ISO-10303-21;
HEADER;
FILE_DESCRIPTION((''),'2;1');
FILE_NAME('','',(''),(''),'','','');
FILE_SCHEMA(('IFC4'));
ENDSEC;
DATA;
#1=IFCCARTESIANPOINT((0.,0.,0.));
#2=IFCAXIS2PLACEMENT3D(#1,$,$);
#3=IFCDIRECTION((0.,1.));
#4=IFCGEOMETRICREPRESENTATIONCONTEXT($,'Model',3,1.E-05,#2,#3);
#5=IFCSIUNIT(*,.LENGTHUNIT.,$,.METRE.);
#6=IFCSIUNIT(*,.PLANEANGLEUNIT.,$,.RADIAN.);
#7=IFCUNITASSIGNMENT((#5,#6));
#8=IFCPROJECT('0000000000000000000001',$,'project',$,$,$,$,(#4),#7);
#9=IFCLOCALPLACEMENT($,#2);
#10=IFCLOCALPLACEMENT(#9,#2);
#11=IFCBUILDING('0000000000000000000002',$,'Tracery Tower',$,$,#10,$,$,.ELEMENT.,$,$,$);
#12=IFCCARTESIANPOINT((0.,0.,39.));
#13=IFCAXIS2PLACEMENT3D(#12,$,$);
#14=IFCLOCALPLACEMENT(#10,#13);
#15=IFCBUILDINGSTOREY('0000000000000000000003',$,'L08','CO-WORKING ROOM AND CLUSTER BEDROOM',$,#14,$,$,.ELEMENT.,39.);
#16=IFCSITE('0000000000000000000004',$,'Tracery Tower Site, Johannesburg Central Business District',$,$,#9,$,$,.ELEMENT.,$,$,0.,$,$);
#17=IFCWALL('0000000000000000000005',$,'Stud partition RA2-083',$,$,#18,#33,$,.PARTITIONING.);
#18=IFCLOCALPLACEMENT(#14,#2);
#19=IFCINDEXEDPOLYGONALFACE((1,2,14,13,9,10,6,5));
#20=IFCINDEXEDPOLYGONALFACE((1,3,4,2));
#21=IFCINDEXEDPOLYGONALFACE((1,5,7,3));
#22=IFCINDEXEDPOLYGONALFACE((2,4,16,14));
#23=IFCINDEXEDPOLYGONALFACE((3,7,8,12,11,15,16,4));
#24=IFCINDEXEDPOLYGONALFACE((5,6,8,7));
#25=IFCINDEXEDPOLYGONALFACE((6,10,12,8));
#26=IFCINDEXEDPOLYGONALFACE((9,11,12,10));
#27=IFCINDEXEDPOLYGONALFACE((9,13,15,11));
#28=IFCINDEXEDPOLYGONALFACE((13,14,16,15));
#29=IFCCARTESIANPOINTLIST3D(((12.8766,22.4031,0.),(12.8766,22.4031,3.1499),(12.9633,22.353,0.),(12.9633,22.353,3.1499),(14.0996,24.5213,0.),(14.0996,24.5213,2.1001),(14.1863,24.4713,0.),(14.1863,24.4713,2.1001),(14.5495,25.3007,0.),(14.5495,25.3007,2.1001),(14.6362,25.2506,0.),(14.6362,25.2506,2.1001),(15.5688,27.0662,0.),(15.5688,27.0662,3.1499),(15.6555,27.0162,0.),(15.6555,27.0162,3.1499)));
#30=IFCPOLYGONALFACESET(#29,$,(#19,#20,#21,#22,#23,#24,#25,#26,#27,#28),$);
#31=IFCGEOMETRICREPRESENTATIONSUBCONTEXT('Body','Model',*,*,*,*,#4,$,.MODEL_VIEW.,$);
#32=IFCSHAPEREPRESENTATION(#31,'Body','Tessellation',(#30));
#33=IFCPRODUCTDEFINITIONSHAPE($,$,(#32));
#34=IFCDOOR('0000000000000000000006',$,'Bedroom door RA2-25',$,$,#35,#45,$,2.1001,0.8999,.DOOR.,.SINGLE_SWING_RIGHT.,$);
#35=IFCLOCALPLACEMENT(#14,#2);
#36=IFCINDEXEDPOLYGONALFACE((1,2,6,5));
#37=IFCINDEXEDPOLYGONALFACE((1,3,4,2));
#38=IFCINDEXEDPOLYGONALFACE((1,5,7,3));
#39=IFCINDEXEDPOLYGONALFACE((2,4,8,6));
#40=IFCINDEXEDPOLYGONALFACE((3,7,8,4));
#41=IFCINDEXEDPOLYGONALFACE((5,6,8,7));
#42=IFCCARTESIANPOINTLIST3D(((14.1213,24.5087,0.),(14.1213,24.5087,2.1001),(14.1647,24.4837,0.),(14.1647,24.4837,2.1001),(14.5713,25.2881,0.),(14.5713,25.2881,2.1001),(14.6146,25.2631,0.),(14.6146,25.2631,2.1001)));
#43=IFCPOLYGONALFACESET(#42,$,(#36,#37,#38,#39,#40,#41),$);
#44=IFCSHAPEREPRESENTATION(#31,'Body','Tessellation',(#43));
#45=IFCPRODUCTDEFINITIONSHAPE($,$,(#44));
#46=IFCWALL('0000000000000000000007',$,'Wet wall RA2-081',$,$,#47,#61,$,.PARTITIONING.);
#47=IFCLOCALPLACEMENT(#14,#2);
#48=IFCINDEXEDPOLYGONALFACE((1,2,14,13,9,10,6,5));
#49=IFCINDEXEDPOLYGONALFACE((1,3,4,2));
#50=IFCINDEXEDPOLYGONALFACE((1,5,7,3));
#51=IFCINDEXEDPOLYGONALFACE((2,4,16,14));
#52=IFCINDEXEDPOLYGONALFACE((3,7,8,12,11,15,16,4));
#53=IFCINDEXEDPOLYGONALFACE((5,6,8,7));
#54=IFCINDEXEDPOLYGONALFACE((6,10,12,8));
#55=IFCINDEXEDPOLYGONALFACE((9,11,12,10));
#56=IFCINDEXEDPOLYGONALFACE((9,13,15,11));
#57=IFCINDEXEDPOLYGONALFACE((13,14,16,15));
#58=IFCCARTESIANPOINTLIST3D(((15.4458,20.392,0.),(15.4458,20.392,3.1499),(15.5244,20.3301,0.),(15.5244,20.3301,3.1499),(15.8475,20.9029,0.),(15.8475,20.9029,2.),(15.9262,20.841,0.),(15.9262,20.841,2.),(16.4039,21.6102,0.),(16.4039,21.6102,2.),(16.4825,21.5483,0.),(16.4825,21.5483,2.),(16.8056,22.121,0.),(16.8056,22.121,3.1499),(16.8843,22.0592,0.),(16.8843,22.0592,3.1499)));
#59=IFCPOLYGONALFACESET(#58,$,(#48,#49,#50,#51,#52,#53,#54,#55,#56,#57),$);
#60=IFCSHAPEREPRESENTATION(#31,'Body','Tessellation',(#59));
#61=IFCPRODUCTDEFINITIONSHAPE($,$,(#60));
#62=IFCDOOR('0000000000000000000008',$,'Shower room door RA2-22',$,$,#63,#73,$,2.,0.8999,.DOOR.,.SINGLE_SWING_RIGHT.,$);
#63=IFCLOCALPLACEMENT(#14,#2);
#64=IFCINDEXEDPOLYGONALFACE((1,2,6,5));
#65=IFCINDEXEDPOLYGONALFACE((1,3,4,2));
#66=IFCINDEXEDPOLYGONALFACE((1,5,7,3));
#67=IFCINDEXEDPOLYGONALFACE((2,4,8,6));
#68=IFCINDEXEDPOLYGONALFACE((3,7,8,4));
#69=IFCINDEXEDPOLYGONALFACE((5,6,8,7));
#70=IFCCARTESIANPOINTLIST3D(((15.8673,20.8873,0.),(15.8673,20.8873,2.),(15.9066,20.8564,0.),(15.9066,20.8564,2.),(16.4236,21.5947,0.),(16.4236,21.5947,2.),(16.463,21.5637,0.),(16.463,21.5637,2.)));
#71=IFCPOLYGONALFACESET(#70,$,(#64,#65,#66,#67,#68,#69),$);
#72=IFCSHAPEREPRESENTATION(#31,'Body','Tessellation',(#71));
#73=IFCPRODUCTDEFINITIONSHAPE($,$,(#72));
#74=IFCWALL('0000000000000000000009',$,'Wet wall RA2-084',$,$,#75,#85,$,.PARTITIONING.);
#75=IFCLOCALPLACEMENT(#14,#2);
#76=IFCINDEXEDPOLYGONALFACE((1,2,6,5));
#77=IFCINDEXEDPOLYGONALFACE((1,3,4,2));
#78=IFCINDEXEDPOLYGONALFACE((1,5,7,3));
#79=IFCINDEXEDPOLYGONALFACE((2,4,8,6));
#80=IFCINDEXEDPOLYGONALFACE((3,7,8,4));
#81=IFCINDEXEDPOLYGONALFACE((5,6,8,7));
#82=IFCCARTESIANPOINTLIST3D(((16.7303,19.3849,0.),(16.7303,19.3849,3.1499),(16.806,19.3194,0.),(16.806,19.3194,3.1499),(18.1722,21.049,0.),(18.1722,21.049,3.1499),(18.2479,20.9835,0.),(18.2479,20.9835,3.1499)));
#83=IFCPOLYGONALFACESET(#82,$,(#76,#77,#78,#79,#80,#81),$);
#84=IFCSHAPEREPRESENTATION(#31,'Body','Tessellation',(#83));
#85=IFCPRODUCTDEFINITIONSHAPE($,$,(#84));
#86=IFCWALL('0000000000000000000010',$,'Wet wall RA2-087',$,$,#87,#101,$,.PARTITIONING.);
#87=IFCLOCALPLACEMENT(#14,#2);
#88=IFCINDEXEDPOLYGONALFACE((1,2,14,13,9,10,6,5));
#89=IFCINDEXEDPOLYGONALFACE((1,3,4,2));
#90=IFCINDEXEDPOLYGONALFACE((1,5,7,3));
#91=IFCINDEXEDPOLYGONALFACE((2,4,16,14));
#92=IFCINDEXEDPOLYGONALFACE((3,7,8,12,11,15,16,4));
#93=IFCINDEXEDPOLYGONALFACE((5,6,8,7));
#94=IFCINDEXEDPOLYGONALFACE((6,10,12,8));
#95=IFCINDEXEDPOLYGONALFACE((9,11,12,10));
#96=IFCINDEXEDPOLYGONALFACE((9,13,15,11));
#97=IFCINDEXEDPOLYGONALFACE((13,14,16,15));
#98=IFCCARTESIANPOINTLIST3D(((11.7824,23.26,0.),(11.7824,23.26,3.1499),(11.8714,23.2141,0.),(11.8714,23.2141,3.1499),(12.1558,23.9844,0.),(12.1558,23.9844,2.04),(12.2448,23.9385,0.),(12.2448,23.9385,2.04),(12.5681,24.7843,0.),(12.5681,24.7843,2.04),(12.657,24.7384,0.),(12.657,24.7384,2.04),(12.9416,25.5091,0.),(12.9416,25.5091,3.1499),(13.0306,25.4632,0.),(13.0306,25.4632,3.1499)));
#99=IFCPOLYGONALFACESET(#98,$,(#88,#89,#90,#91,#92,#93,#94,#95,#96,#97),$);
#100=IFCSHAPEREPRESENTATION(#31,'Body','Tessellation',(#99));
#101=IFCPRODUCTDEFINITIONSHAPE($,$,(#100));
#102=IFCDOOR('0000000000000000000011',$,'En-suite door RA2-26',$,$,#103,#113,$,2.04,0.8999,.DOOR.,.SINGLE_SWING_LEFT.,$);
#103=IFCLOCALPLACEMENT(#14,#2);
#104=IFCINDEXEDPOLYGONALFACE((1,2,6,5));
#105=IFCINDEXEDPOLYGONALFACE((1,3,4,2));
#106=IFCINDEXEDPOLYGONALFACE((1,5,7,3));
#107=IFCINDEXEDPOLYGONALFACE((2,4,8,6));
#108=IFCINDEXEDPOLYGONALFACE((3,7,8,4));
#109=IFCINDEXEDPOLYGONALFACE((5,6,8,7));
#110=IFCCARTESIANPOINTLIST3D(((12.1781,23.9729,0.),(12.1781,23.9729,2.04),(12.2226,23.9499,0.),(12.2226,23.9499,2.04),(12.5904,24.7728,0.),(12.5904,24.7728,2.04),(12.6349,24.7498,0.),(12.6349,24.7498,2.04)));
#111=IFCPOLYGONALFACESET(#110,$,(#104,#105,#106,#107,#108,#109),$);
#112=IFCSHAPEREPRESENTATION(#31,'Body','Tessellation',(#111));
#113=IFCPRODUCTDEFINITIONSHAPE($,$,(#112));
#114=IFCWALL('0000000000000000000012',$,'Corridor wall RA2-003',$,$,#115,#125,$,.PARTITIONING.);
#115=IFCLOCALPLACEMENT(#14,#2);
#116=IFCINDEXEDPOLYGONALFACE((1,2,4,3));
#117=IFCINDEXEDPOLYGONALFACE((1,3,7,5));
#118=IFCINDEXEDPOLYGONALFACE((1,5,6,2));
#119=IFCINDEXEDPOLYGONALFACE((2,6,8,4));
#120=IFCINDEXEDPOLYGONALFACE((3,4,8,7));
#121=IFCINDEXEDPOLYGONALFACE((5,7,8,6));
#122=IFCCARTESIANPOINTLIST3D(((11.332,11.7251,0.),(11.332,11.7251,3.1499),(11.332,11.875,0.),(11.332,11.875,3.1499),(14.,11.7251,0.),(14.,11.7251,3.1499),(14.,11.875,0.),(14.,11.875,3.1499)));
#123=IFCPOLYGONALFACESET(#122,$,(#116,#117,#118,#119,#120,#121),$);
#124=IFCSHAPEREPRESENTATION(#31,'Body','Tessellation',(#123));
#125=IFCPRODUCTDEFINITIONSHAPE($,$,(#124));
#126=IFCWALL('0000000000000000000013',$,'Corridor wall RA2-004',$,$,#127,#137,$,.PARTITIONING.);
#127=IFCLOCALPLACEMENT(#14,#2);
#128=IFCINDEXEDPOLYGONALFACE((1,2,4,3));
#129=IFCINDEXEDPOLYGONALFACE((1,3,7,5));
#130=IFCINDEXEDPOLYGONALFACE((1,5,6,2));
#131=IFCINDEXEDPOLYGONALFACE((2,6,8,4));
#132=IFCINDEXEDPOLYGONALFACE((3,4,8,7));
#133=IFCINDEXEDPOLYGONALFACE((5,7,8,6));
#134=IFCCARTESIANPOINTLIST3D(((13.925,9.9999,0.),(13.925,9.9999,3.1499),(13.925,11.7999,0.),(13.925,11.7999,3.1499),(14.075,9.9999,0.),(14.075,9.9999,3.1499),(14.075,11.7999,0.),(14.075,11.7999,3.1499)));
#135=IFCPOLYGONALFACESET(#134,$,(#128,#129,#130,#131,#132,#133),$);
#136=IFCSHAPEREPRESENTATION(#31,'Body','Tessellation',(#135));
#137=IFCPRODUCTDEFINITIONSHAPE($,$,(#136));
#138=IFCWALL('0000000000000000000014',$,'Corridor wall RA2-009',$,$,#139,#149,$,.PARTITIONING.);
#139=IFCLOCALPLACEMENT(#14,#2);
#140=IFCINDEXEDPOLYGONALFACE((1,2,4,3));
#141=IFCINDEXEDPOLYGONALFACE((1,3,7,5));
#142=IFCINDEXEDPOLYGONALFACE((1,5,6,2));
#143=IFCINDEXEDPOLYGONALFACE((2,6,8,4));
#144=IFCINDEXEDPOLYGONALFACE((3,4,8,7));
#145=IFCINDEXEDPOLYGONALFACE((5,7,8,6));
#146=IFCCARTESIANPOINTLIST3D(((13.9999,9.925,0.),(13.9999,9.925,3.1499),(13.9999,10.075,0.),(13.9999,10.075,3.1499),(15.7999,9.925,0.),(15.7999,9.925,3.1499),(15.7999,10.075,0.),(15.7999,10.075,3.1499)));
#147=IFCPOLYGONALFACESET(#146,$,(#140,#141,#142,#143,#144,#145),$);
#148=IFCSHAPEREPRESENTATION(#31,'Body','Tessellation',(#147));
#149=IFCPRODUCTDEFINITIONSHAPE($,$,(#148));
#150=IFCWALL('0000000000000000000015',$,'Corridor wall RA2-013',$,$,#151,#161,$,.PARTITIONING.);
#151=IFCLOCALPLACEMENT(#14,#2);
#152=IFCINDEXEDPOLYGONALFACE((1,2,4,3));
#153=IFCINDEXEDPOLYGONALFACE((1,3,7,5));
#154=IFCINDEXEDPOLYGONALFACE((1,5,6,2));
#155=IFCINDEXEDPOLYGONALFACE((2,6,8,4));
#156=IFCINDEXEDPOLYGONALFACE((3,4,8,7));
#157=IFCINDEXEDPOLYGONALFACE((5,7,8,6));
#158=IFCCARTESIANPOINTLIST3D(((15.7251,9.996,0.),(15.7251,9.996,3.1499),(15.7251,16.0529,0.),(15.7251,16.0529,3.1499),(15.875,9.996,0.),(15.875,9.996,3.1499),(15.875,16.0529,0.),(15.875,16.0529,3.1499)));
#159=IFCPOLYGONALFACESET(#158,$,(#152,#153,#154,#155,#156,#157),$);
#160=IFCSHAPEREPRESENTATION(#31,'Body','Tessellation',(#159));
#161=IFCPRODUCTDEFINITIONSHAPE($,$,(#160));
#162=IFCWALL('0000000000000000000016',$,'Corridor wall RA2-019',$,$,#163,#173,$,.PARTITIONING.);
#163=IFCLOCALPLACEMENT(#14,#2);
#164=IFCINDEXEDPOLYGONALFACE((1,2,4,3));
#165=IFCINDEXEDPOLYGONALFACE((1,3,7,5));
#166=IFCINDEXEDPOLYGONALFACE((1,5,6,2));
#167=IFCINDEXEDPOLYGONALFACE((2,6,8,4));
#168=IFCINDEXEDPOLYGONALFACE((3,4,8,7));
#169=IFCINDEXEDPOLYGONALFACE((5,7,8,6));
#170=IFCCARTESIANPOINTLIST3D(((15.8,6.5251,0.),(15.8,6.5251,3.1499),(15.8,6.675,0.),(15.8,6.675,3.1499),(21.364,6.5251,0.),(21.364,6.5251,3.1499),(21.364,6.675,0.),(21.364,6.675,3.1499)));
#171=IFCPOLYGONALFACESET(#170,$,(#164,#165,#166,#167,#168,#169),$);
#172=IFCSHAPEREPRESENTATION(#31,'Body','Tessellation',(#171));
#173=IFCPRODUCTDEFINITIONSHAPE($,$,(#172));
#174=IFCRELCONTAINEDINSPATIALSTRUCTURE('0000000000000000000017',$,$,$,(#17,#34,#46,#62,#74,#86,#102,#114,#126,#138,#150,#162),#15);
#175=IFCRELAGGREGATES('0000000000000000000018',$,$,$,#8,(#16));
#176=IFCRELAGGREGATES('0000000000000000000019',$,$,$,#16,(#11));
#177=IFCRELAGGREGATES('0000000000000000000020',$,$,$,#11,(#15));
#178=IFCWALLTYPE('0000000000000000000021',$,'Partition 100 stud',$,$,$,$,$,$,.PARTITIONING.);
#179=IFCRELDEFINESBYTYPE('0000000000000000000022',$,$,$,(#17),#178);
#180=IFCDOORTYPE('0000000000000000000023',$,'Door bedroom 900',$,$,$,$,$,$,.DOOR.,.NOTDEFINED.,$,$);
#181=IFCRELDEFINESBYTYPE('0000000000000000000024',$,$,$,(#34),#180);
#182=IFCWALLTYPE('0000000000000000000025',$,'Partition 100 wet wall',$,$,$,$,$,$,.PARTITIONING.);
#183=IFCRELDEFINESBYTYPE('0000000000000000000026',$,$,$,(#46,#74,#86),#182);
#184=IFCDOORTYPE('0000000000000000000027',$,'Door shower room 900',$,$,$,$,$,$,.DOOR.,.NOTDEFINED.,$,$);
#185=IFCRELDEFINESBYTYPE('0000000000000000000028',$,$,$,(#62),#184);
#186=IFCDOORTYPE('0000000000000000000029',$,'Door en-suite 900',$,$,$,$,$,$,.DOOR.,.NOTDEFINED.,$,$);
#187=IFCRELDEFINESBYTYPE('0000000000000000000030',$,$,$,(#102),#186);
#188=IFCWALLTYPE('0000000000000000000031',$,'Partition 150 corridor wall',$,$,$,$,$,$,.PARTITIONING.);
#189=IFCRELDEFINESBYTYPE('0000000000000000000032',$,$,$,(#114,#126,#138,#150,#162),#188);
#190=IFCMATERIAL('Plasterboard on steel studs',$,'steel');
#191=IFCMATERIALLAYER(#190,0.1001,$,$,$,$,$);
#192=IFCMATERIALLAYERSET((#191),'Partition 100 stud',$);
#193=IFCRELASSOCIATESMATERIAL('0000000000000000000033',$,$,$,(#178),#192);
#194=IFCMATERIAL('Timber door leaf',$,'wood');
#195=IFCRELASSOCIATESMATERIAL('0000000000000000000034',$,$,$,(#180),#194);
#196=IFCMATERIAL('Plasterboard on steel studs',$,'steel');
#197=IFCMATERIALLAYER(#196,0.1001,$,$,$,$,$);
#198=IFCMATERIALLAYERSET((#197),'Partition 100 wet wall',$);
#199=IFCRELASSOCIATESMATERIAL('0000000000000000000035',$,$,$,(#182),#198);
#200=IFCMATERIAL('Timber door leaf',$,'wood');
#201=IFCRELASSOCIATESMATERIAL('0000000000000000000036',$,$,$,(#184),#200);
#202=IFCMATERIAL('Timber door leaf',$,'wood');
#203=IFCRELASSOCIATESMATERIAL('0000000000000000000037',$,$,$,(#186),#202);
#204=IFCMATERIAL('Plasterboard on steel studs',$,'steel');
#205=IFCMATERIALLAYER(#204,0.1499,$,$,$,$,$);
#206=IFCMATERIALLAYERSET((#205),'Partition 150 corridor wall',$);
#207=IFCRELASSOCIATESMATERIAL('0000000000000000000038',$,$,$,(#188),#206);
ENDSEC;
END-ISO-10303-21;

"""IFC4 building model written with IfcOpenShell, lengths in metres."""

from ifc_helpers import new_model, si_unit, direction, frame, frame_2d, origin, place, context, subcontext, project, spatial, rectangle, extrude, material, layer, layer_set, type_object, element, fill, save


model = new_model("IFC4")

# Units and contexts
model_context = context("Model", 3, precision=1e-05, world=origin(), true_north=direction((0.0, 1.0)))
body_context = subcontext(model_context, "Body", "Model", "MODEL_VIEW")
ifc_project = project(units=[si_unit("LENGTHUNIT", "METRE"), si_unit("PLANEANGLEUNIT", "RADIAN")], contexts=[model_context])

# Site, building, storey
site_placement = place(None, origin())
site = spatial("IfcSite", under=ifc_project, at=site_placement, Name="Tracery Tower Site, Johannesburg Central Business District", CompositionType="ELEMENT", RefElevation=0.0)
building_placement = place(site_placement, origin())
building = spatial("IfcBuilding", under=site, at=building_placement, Name="Tracery Tower", CompositionType="ELEMENT")
storey_placement = place(building_placement, frame((0.0, 0.0, 39.0)))
storey = spatial("IfcBuildingStorey", under=building, at=storey_placement, Name="L08", Description="CO-WORKING ROOM AND CLUSTER BEDROOM", CompositionType="ELEMENT", Elevation=39.0)

# Walls, openings, doors
ifc_material_1 = material(Name="Plasterboard on steel studs", Category="steel")
ifc_layer_1 = layer(ifc_material_1, 0.1001)
ifc_layer_set_1 = layer_set([ifc_layer_1], Name="Partition 100 stud")
wall_type_1 = type_object("IfcWallType", Name="Partition 100 stud", PredefinedType="PARTITIONING", material=ifc_layer_set_1)
wall_1_placement = place(storey_placement, frame((12.9199, 22.3779, 0.0), z_axis=(0.0, 0.0, 1.0), x_axis=(0.499987, 0.866033, 0.0)))
wall_1 = element("IfcWall", 1, at=wall_1_placement, inside=storey, type_object=wall_type_1, Name="Stud partition RA2-083", PredefinedType="PARTITIONING", context=body_context, shape_type="SweptSolid", body=[
    extrude(rectangle(XDim=5.3845, YDim=0.1001, at=frame_2d((2.6924, 0.0))), origin(), (0.0, 0.0, 1.0), 3.1499),
])
opening_1_placement = place(wall_1_placement, frame((2.446, 0.0, 0.0)))
opening_1 = element("IfcOpeningElement", 2, at=opening_1_placement, cuts=wall_1, PredefinedType="OPENING", context=body_context, shape_type="SweptSolid", body=[
    extrude(rectangle(XDim=0.8999, YDim=2.1001, at=frame_2d((0.45, 1.05))), frame((0.0, 0.05, 0.0), z_axis=(0.0, -1.0, 0.0), x_axis=(1.0, 0.0, 0.0)), (0.0, 0.0, 1.0), 0.1001),
])
ifc_material_2 = material(Name="Timber door leaf", Category="wood")
door_type_1 = type_object("IfcDoorType", Name="Door bedroom 900", OperationType="NOTDEFINED", PredefinedType="DOOR", material=ifc_material_2)
door_1_placement = place(opening_1_placement, origin())
door_1 = element("IfcDoor", 3, at=door_1_placement, inside=storey, type_object=door_type_1, Name="Bedroom door RA2-25", OperationType="SINGLE_SWING_RIGHT", OverallHeight=2.1001, OverallWidth=0.8999, PredefinedType="DOOR", context=body_context, shape_type="SweptSolid", body=[
    extrude(rectangle(XDim=0.8999, YDim=2.1001, at=frame_2d((0.45, 1.05))), frame((0.0, 0.0249, 0.0), z_axis=(0.0, -1.0, 0.0), x_axis=(1.0, 0.0, 0.0)), (0.0, 0.0, 1.0), 0.05),
])
fill(opening_1, door_1)
ifc_material_3 = material(Name="Plasterboard on steel studs", Category="steel")
ifc_layer_2 = layer(ifc_material_3, 0.1001)
ifc_layer_set_2 = layer_set([ifc_layer_2], Name="Partition 100 wet wall")
wall_type_2 = type_object("IfcWallType", Name="Partition 100 wet wall", PredefinedType="PARTITIONING", material=ifc_layer_set_2)
wall_2_placement = place(storey_placement, frame((15.4851, 20.3611, 0.0), z_axis=(0.0, 0.0, 1.0), x_axis=(0.618204, 0.786018, 0.0)))
wall_2 = element("IfcWall", 4, at=wall_2_placement, inside=storey, type_object=wall_type_2, Name="Wet wall RA2-081", PredefinedType="PARTITIONING", context=body_context, shape_type="SweptSolid", body=[
    extrude(rectangle(XDim=2.1997, YDim=0.1001, at=frame_2d((1.0999, 0.0))), origin(), (0.0, 0.0, 1.0), 3.1499),
])
opening_2_placement = place(wall_2_placement, frame((0.6499, 0.0, 0.0)))
opening_2 = element("IfcOpeningElement", 5, at=opening_2_placement, cuts=wall_2, PredefinedType="OPENING", context=body_context, shape_type="SweptSolid", body=[
    extrude(rectangle(XDim=0.8999, YDim=2.0, at=frame_2d((0.45, 1.0))), frame((0.0, 0.05, 0.0), z_axis=(0.0, -1.0, 0.0), x_axis=(1.0, 0.0, 0.0)), (0.0, 0.0, 1.0), 0.1001),
])
ifc_material_4 = material(Name="Timber door leaf", Category="wood")
door_type_2 = type_object("IfcDoorType", Name="Door shower room 900", OperationType="NOTDEFINED", PredefinedType="DOOR", material=ifc_material_4)
door_2_placement = place(opening_2_placement, origin())
door_2 = element("IfcDoor", 6, at=door_2_placement, inside=storey, type_object=door_type_2, Name="Shower room door RA2-22", OperationType="SINGLE_SWING_RIGHT", OverallHeight=2.0, OverallWidth=0.8999, PredefinedType="DOOR", context=body_context, shape_type="SweptSolid", body=[
    extrude(rectangle(XDim=0.8999, YDim=2.0, at=frame_2d((0.45, 1.0))), frame((0.0, 0.0249, 0.0), z_axis=(0.0, -1.0, 0.0), x_axis=(1.0, 0.0, 0.0)), (0.0, 0.0, 1.0), 0.05),
])
fill(opening_2, door_2)

# Wall
wall_3_placement = place(storey_placement, frame((16.7681, 19.3521, 0.0), z_axis=(0.0, 0.0, 1.0), x_axis=(0.654855, 0.755755, 0.0)))
element("IfcWall", 7, at=wall_3_placement, inside=storey, type_object=wall_type_2, Name="Wet wall RA2-084", PredefinedType="PARTITIONING", context=body_context, shape_type="SweptSolid", body=[
    extrude(rectangle(XDim=2.2019, YDim=0.1001, at=frame_2d((1.1011, 0.0))), origin(), (0.0, 0.0, 1.0), 3.1499),
])

# Wall, opening, door
wall_4_placement = place(storey_placement, frame((11.8269, 23.2371, 0.0), z_axis=(0.0, 0.0, 1.0), x_axis=(0.458141, 0.888879, 0.0)))
wall_4 = element("IfcWall", 8, at=wall_4_placement, inside=storey, type_object=wall_type_2, Name="Wet wall RA2-087", PredefinedType="PARTITIONING", context=body_context, shape_type="SweptSolid", body=[
    extrude(rectangle(XDim=2.5303, YDim=0.1001, at=frame_2d((1.2651, 0.0))), origin(), (0.0, 0.0, 1.0), 3.1499),
])
opening_3_placement = place(wall_4_placement, frame((0.8149, 0.0, 0.0)))
opening_3 = element("IfcOpeningElement", 9, at=opening_3_placement, cuts=wall_4, PredefinedType="OPENING", context=body_context, shape_type="SweptSolid", body=[
    extrude(rectangle(XDim=0.8999, YDim=2.04, at=frame_2d((0.45, 1.02))), frame((0.0, 0.05, 0.0), z_axis=(0.0, -1.0, 0.0), x_axis=(1.0, 0.0, 0.0)), (0.0, 0.0, 1.0), 0.1001),
])
ifc_material_5 = material(Name="Timber door leaf", Category="wood")
door_type_3 = type_object("IfcDoorType", Name="Door en-suite 900", OperationType="NOTDEFINED", PredefinedType="DOOR", material=ifc_material_5)
door_3_placement = place(opening_3_placement, origin())
door_3 = element("IfcDoor", 10, at=door_3_placement, inside=storey, type_object=door_type_3, Name="En-suite door RA2-26", OperationType="SINGLE_SWING_LEFT", OverallHeight=2.04, OverallWidth=0.8999, PredefinedType="DOOR", context=body_context, shape_type="SweptSolid", body=[
    extrude(rectangle(XDim=0.8999, YDim=2.04, at=frame_2d((0.45, 1.02))), frame((0.0, 0.0249, 0.0), z_axis=(0.0, -1.0, 0.0), x_axis=(1.0, 0.0, 0.0)), (0.0, 0.0, 1.0), 0.05),
])
fill(opening_3, door_3)

# Walls
ifc_material_6 = material(Name="Plasterboard on steel studs", Category="steel")
ifc_layer_3 = layer(ifc_material_6, 0.1499)
ifc_layer_set_3 = layer_set([ifc_layer_3], Name="Partition 150 corridor wall")
wall_type_3 = type_object("IfcWallType", Name="Partition 150 corridor wall", PredefinedType="PARTITIONING", material=ifc_layer_set_3)
wall_5_placement = place(storey_placement, frame((11.332, 11.8, 0.0), z_axis=(0.0, 0.0, 1.0), x_axis=(1.0, 0.0, 0.0)))
element("IfcWall", 11, at=wall_5_placement, inside=storey, type_object=wall_type_3, Name="Corridor wall RA2-003", PredefinedType="PARTITIONING", context=body_context, shape_type="SweptSolid", body=[
    extrude(rectangle(XDim=2.668, YDim=0.1499, at=frame_2d((1.334, 0.0))), origin(), (0.0, 0.0, 1.0), 3.1499),
])
for number, where, z_axis, x_axis, name in (
    (12, (14.0, 10.0, 0.0), (0.0, 0.0, 1.0), (0.0, 1.0, 0.0), "Corridor wall RA2-004"),
    (13, (14.0, 10.0, 0.0), (0.0, 0.0, 1.0), (1.0, 0.0, 0.0), "Corridor wall RA2-009"),
):
    element("IfcWall", number, at=place(storey_placement, frame(where, z_axis=z_axis, x_axis=x_axis)), inside=storey, type_object=wall_type_3, Name=name, PredefinedType="PARTITIONING", context=body_context, shape_type="SweptSolid", body=[
        extrude(rectangle(XDim=1.8, YDim=0.1499, at=frame_2d((0.8999, 0.0))), origin(), (0.0, 0.0, 1.0), 3.1499),
    ])
wall_6_placement = place(storey_placement, frame((15.8, 9.9961, 0.0), z_axis=(0.0, 0.0, 1.0), x_axis=(0.0, 1.0, 0.0)))
element("IfcWall", 14, at=wall_6_placement, inside=storey, type_object=wall_type_3, Name="Corridor wall RA2-013", PredefinedType="PARTITIONING", context=body_context, shape_type="SweptSolid", body=[
    extrude(rectangle(XDim=6.0569, YDim=0.1499, at=frame_2d((3.0283, 0.0))), origin(), (0.0, 0.0, 1.0), 3.1499),
])
wall_7_placement = place(storey_placement, frame((15.8, 6.6001, 0.0), z_axis=(0.0, 0.0, 1.0), x_axis=(1.0, 0.0, 0.0)))
element("IfcWall", 15, at=wall_7_placement, inside=storey, type_object=wall_type_3, Name="Corridor wall RA2-019", PredefinedType="PARTITIONING", context=body_context, shape_type="SweptSolid", body=[
    extrude(rectangle(XDim=5.564, YDim=0.1499, at=frame_2d((2.782, 0.0))), origin(), (0.0, 0.0, 1.0), 3.1499),
])

save(model, "model.ifc")
